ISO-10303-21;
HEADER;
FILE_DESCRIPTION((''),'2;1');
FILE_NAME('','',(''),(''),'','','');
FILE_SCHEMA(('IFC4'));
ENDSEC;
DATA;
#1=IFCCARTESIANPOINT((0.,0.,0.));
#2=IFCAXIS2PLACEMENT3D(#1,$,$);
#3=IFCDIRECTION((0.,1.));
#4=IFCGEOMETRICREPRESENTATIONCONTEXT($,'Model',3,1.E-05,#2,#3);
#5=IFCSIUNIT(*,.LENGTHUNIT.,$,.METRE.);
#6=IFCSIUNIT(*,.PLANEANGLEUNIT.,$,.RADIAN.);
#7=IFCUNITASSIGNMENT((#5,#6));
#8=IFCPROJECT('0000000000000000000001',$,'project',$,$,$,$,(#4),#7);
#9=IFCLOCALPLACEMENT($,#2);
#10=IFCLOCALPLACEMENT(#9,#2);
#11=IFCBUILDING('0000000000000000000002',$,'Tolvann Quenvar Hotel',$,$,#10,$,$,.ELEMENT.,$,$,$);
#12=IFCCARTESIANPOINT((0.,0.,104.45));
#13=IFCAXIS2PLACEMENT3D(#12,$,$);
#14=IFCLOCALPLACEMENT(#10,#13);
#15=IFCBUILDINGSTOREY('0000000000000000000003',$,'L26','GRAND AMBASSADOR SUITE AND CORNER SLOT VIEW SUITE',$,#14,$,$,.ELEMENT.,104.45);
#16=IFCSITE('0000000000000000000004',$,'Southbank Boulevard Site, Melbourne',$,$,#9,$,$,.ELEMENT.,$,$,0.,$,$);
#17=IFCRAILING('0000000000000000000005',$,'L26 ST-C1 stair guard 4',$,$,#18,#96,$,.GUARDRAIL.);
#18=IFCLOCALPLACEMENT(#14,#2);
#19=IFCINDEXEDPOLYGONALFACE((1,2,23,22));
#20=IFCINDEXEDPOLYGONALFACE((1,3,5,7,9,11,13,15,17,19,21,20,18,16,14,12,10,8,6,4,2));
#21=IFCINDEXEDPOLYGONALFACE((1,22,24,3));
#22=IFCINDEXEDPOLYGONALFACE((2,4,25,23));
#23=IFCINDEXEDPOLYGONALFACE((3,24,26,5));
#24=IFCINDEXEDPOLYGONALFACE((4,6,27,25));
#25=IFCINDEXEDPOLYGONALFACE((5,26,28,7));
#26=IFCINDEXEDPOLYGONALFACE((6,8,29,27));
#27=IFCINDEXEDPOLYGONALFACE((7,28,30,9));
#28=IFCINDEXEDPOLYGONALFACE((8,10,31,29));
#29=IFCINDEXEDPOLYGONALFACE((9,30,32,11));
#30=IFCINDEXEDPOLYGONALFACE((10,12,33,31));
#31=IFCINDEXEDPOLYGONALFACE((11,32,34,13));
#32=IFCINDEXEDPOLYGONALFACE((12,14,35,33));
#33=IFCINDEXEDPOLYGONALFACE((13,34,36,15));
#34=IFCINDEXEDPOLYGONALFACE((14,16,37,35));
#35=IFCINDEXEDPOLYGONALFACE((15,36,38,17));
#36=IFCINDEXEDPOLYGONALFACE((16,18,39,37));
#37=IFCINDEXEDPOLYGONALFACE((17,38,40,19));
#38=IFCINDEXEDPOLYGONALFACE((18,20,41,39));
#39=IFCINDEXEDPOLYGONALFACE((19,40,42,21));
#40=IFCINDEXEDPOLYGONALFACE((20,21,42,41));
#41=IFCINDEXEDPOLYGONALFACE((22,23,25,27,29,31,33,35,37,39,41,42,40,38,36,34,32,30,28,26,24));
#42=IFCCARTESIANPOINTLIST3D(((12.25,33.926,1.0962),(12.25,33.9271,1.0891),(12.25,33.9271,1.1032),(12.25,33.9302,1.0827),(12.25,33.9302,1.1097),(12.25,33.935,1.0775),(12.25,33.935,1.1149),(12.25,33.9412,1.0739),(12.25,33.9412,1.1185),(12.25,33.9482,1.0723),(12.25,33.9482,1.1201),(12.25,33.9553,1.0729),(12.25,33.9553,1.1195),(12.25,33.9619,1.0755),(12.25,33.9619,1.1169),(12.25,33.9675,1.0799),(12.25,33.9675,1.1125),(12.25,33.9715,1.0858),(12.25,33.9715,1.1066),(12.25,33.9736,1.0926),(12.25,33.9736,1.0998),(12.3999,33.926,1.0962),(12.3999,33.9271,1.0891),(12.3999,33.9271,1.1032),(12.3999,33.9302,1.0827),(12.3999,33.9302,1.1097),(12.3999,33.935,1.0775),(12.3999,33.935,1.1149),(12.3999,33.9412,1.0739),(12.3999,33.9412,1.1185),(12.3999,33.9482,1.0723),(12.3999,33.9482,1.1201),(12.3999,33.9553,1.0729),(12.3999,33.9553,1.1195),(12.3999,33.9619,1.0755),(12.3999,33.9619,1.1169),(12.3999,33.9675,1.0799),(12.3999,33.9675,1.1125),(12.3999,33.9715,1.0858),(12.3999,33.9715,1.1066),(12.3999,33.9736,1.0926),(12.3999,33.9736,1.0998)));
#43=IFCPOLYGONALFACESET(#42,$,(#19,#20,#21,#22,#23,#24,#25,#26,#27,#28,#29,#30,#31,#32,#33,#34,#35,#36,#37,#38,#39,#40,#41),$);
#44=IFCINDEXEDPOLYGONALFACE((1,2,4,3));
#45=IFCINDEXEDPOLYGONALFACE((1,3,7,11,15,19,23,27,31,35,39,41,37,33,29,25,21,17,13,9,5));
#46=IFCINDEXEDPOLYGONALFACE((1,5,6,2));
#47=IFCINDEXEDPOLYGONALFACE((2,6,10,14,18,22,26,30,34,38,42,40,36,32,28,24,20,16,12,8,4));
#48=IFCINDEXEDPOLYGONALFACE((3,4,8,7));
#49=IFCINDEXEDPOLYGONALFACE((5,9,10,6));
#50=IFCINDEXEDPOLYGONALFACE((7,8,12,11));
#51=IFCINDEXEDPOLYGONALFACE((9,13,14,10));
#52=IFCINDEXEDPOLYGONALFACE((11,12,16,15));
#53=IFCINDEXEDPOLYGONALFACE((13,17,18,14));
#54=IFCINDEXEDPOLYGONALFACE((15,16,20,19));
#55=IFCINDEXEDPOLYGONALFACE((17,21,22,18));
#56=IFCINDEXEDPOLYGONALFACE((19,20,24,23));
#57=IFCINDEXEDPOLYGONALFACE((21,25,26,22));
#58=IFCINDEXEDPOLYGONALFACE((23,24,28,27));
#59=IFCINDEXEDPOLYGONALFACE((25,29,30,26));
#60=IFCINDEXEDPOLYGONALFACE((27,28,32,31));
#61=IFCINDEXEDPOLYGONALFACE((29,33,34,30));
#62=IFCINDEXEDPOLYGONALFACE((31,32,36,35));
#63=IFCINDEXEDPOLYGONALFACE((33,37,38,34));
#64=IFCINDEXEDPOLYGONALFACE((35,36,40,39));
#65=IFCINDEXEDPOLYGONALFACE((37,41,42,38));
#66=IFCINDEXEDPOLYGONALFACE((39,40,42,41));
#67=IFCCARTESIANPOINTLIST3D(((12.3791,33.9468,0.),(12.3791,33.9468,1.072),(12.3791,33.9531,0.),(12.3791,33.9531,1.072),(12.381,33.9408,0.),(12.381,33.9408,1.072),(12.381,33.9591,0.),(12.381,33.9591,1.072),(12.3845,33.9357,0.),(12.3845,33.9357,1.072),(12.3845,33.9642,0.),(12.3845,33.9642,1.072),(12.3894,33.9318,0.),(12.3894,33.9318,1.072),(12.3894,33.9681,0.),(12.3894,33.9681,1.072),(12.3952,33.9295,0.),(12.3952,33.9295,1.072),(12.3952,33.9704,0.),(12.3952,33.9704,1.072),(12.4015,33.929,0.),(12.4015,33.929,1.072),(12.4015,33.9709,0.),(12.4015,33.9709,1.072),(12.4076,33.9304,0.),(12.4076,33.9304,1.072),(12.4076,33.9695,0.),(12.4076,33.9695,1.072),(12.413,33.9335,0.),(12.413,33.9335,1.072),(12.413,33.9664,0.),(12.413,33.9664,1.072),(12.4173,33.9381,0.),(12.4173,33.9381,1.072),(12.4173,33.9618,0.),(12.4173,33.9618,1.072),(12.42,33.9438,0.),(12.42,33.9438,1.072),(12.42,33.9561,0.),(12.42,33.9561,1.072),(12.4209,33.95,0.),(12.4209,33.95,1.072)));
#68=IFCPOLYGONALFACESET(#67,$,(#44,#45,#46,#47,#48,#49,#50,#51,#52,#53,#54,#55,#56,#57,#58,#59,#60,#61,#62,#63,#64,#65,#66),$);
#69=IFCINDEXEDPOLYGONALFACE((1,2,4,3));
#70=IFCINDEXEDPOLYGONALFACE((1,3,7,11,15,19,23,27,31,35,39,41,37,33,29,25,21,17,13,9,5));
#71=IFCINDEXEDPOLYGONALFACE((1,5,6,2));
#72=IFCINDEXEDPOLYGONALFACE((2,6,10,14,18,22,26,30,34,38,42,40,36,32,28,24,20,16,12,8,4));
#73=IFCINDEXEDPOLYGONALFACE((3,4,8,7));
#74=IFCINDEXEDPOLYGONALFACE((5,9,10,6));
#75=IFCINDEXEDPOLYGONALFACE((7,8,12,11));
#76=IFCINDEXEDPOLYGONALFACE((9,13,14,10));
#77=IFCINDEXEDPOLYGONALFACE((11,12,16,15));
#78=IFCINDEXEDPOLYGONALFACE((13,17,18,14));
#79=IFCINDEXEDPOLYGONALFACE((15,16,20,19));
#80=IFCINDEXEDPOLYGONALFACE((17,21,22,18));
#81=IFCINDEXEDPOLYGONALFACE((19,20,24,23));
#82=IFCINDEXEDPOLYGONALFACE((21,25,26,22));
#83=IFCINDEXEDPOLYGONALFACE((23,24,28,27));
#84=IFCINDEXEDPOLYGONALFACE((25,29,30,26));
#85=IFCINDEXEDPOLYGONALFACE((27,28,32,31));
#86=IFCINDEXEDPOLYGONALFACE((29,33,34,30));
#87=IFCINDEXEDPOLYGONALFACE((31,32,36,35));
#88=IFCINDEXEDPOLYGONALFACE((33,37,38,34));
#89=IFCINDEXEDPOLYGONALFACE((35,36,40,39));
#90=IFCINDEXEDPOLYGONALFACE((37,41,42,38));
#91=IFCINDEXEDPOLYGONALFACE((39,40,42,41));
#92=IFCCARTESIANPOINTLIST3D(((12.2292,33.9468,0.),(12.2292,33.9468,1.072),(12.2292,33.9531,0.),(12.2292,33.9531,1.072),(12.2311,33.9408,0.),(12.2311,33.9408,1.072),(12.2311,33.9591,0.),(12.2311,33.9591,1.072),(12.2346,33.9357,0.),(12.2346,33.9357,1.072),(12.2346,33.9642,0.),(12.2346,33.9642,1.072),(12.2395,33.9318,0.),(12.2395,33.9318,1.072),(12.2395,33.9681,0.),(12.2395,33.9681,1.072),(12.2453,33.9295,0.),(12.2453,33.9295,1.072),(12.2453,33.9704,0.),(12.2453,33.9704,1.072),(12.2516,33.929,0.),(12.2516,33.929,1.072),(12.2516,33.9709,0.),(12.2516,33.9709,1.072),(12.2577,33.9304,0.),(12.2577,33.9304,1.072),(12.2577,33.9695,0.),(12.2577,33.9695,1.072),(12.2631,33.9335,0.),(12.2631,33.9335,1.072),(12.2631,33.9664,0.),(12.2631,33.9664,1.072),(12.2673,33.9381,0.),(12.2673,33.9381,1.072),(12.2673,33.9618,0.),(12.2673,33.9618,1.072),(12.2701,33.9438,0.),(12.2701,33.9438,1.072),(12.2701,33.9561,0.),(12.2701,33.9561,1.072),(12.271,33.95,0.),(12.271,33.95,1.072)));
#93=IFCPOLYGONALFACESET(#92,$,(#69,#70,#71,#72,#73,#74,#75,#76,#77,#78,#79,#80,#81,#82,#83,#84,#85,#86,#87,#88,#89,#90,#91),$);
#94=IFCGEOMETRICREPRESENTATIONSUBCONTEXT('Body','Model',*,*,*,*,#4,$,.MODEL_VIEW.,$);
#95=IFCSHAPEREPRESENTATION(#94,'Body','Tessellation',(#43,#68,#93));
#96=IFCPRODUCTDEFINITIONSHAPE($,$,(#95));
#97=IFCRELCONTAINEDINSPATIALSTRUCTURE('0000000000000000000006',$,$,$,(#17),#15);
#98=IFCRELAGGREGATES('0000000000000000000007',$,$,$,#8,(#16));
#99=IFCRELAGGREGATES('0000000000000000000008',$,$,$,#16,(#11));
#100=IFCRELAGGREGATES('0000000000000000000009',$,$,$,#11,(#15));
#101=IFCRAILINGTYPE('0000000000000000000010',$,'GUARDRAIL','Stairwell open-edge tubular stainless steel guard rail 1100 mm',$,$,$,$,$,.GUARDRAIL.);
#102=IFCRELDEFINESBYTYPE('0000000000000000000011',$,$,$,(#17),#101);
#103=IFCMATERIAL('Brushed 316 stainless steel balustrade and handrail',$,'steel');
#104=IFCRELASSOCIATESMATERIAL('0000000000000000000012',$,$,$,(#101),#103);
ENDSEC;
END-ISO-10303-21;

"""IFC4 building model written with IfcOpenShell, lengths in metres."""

from ifc_helpers import new_model, si_unit, direction, frame, origin, origin_2d, place, context, subcontext, project, spatial, circle, extrude, material, type_object, element, save


model = new_model("IFC4")

# Units and contexts
model_context = context("Model", 3, precision=1e-05, world=origin(), true_north=direction((0.0, 1.0)))
body_context = subcontext(model_context, "Body", "Model", "MODEL_VIEW")
ifc_project = project(units=[si_unit("LENGTHUNIT", "METRE"), si_unit("PLANEANGLEUNIT", "RADIAN")], contexts=[model_context])

# Site, building, storey
site_placement = place(None, origin())
site = spatial("IfcSite", under=ifc_project, at=site_placement, Name="Southbank Boulevard Site, Melbourne", CompositionType="ELEMENT", RefElevation=0.0)
building_placement = place(site_placement, origin())
building = spatial("IfcBuilding", under=site, at=building_placement, Name="Tolvann Quenvar Hotel", CompositionType="ELEMENT")
storey_placement = place(building_placement, frame((0.0, 0.0, 104.45)))
storey = spatial("IfcBuildingStorey", under=building, at=storey_placement, Name="L26", Description="GRAND AMBASSADOR SUITE AND CORNER SLOT VIEW SUITE", CompositionType="ELEMENT", Elevation=104.45)

# Railing
ifc_material_1 = material(Name="Brushed 316 stainless steel balustrade and handrail", Category="steel")
railing_type_1 = type_object("IfcRailingType", Name="GUARDRAIL", Description="Stairwell open-edge tubular stainless steel guard rail 1100 mm", PredefinedType="GUARDRAIL", material=ifc_material_1)
railing_1_placement = place(storey_placement, frame((12.3999, 33.95, 0.0)))
element("IfcRailing", 1, at=railing_1_placement, inside=storey, type_object=railing_type_1, Name="L26 ST-C1 stair guard 4", PredefinedType="GUARDRAIL", context=body_context, shape_type="SweptSolid", body=[
    extrude(circle(Radius=0.0239, at=origin_2d()), frame((0.0, 0.0, 1.0962), z_axis=(-1.0, 0.0, 0.0), x_axis=(0.0, -1.0, 0.0)), (0.0, 0.0, 1.0), 0.1499),
    extrude(circle(Radius=0.021, at=origin_2d()), origin(), (0.0, 0.0, 1.0), 1.072),
    extrude(circle(Radius=0.021, at=origin_2d()), frame((-0.1499, 0.0, 0.0)), (0.0, 0.0, 1.0), 1.072),
])

save(model, "model.ifc")
